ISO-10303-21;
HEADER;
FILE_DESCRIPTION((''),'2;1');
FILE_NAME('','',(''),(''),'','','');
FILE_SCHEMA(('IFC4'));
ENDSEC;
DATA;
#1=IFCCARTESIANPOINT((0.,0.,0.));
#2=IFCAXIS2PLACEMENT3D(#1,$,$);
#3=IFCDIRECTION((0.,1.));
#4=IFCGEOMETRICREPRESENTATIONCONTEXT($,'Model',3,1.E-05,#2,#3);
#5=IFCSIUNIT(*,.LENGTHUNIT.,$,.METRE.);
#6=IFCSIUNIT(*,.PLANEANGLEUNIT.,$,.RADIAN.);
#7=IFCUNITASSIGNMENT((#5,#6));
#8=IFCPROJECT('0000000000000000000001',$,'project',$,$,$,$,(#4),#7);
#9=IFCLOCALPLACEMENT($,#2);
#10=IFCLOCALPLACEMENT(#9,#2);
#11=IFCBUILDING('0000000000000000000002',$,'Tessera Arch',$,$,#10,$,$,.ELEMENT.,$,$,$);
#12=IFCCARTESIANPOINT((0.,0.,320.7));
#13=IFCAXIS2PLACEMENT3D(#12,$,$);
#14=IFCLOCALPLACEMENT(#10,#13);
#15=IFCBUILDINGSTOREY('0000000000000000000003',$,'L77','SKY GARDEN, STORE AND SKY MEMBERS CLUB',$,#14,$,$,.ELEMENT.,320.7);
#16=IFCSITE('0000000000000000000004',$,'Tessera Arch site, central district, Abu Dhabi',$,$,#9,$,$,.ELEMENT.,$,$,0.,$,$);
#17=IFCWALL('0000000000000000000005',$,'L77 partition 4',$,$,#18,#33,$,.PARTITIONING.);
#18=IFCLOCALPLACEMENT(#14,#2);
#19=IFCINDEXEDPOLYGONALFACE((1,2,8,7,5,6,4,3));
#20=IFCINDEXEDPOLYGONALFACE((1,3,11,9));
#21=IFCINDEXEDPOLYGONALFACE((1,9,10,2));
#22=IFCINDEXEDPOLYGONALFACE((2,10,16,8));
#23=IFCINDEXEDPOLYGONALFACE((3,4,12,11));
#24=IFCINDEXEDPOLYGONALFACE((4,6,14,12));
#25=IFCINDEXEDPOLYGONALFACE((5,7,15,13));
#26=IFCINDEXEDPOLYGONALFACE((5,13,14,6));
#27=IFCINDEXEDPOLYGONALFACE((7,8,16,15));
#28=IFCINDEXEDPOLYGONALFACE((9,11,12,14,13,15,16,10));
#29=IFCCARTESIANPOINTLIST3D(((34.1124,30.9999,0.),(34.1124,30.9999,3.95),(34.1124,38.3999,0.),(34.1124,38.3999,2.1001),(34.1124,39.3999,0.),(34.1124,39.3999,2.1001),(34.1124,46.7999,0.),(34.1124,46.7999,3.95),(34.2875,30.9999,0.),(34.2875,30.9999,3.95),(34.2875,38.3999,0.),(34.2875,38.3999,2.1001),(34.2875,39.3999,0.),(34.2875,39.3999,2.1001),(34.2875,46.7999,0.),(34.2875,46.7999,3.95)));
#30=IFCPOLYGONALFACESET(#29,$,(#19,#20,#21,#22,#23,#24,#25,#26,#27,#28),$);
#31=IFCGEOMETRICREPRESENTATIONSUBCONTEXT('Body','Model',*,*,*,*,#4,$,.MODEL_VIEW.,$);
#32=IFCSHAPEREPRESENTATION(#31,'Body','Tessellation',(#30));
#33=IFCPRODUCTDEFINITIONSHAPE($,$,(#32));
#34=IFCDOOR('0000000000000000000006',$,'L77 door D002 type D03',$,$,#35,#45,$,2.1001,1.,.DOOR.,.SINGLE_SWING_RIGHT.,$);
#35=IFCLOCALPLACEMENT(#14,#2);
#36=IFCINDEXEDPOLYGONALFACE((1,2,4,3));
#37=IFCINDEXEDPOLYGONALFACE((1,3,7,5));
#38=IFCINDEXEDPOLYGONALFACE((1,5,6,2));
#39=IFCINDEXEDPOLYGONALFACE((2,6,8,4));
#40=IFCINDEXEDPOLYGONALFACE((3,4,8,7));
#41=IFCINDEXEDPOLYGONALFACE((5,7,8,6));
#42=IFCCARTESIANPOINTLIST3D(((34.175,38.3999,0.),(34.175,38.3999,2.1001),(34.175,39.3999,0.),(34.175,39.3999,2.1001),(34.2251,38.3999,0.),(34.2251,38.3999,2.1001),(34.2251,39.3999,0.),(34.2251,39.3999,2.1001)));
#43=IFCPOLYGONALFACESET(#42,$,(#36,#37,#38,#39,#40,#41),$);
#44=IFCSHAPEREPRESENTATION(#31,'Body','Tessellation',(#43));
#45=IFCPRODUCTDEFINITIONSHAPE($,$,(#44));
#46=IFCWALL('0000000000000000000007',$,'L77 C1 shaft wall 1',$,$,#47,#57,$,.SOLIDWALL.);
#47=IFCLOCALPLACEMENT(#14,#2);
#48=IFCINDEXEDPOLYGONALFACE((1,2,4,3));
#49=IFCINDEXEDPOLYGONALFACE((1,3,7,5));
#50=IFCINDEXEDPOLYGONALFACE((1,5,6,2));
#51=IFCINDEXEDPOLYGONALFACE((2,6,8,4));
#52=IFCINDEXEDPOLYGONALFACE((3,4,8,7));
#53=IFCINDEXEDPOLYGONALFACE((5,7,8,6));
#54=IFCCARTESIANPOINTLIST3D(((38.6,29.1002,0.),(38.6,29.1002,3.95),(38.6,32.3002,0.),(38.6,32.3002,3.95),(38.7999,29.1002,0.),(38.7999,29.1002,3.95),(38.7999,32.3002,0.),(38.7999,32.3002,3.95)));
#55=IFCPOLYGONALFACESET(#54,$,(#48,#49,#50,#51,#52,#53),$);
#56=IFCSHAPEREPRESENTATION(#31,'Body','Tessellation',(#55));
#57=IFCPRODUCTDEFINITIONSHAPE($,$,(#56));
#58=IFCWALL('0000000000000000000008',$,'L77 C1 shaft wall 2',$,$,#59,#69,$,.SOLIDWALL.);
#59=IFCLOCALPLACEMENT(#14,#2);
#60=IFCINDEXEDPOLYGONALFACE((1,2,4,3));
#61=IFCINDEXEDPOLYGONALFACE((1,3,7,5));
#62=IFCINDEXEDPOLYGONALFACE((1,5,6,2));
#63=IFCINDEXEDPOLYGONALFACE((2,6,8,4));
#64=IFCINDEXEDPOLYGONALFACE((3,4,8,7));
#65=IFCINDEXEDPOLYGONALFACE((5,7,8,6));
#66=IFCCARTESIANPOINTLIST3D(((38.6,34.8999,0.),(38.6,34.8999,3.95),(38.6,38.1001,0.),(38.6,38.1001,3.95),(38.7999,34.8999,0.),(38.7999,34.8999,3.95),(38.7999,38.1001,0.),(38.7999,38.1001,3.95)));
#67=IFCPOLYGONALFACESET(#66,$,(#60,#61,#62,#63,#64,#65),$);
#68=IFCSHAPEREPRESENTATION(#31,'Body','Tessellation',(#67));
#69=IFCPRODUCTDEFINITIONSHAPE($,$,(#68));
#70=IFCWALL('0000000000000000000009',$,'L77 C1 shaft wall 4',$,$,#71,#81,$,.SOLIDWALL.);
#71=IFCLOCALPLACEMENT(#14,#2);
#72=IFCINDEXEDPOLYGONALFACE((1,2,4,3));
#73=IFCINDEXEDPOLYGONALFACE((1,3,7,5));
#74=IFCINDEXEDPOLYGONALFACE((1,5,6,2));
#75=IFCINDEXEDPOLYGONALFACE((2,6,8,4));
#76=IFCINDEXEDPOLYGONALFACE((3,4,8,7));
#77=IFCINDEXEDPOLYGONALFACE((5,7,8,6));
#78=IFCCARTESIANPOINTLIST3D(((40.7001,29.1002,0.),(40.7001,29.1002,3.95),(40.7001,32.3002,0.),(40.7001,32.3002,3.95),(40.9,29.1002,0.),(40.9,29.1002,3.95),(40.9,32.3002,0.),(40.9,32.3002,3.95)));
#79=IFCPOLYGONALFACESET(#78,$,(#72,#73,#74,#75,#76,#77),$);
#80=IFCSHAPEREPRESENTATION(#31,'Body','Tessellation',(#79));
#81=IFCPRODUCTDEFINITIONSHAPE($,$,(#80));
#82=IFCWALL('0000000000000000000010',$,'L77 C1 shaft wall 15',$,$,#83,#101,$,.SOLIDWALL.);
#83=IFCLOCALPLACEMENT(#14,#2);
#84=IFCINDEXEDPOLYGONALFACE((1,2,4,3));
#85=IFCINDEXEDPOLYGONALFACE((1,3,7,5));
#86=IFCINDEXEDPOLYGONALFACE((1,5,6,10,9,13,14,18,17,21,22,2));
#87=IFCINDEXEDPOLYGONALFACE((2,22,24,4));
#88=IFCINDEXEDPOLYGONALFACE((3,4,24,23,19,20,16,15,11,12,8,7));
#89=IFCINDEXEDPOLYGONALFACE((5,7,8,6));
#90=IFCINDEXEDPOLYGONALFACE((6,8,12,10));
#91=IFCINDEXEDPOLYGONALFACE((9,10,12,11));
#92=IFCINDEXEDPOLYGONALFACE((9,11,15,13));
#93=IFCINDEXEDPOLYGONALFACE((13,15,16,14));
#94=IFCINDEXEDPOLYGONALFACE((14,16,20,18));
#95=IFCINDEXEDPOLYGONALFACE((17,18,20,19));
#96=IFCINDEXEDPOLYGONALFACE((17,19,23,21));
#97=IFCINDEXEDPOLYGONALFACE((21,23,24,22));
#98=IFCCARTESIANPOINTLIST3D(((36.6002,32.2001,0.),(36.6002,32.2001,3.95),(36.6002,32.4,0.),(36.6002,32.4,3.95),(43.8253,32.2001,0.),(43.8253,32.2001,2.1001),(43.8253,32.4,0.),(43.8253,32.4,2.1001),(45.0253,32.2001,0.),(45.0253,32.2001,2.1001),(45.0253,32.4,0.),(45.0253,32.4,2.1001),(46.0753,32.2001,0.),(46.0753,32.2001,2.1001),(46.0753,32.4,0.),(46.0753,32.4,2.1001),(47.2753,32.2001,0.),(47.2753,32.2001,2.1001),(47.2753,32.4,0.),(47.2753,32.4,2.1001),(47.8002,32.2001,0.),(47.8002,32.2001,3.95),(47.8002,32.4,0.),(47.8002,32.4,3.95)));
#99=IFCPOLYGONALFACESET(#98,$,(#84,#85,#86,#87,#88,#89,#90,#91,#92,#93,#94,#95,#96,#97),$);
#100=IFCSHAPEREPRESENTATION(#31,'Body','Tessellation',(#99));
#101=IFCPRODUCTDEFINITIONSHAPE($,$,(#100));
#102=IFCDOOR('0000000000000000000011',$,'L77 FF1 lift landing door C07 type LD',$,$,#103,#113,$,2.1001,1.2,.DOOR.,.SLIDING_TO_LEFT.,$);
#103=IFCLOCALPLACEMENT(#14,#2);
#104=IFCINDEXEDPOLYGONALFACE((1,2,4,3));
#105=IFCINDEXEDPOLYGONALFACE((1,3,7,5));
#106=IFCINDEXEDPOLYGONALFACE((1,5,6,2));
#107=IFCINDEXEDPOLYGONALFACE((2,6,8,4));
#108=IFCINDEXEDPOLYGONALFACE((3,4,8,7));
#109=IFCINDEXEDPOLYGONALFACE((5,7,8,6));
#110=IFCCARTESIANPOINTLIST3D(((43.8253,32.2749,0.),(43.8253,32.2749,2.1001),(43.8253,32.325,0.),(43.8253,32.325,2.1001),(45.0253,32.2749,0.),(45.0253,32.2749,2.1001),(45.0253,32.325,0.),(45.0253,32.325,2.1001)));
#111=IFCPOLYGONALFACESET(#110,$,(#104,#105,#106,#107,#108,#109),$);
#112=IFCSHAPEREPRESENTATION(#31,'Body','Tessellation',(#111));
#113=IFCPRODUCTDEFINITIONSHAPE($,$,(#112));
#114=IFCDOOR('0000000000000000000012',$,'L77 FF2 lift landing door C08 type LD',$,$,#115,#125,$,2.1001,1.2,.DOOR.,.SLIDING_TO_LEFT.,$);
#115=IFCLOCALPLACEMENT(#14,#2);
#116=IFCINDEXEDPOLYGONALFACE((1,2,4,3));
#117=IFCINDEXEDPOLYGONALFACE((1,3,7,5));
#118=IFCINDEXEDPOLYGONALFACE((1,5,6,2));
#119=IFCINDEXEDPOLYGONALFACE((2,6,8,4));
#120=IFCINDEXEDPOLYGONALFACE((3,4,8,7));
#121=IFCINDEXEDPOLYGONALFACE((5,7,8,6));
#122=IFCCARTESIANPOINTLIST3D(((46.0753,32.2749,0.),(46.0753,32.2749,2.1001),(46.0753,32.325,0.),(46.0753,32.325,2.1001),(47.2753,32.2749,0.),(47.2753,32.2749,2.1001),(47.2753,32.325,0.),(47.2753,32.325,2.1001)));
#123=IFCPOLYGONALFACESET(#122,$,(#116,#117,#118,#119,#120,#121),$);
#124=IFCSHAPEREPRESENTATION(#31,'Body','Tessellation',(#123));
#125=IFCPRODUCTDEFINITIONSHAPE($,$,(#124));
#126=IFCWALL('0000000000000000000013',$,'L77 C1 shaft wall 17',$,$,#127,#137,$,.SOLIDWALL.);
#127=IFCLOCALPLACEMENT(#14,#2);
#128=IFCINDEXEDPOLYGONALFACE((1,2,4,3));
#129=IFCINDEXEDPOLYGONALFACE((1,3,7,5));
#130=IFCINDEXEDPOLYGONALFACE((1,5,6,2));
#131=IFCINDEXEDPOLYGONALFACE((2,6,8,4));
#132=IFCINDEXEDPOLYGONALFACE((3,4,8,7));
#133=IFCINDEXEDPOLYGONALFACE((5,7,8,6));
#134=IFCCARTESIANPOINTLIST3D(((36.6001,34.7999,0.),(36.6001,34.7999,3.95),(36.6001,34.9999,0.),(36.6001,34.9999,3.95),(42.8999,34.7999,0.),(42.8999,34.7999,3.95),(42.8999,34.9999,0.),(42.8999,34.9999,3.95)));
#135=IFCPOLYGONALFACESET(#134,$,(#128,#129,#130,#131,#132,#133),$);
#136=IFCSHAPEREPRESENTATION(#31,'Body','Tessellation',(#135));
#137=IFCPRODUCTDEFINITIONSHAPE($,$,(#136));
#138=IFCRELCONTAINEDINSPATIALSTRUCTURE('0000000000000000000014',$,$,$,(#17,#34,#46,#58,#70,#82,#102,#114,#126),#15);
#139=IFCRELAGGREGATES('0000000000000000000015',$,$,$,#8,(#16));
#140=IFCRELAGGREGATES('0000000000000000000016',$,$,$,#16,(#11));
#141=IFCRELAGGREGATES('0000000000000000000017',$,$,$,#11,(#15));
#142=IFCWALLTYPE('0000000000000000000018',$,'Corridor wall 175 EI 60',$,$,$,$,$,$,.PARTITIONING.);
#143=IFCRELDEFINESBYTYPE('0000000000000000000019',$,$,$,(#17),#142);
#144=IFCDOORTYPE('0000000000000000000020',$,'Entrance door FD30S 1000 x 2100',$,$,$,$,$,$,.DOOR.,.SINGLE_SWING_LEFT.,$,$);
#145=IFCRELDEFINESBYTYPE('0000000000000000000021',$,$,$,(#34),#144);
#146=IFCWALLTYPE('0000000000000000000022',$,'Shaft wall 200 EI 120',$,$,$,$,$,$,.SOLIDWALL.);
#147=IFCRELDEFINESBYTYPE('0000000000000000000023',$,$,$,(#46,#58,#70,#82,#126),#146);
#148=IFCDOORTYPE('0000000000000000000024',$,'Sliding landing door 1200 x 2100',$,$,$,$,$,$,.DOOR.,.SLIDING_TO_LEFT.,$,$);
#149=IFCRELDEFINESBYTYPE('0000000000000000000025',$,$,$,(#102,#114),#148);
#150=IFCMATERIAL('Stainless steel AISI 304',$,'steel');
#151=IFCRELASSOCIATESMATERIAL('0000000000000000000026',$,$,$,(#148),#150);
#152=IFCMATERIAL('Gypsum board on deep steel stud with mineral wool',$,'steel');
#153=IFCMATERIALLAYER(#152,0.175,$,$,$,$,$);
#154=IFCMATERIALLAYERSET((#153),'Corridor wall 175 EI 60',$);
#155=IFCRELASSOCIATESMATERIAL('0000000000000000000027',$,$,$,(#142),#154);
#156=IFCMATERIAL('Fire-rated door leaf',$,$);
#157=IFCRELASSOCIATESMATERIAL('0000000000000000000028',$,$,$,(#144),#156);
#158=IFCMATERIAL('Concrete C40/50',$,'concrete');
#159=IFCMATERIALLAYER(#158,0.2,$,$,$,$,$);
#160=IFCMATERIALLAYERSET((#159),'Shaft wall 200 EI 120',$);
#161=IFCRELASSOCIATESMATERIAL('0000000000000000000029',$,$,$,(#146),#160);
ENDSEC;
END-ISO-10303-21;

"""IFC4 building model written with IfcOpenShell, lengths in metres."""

from ifc_helpers import new_model, si_unit, direction, frame, frame_2d, origin, place, context, subcontext, project, spatial, rectangle, extrude, material, layer, layer_set, type_object, element, fill, save


model = new_model("IFC4")

# Units and contexts
model_context = context("Model", 3, precision=1e-05, world=origin(), true_north=direction((0.0, 1.0)))
body_context = subcontext(model_context, "Body", "Model", "MODEL_VIEW")
ifc_project = project(units=[si_unit("LENGTHUNIT", "METRE"), si_unit("PLANEANGLEUNIT", "RADIAN")], contexts=[model_context])

# Site, building, storey
site_placement = place(None, origin())
site = spatial("IfcSite", under=ifc_project, at=site_placement, Name="Tessera Arch site, central district, Abu Dhabi", CompositionType="ELEMENT", RefElevation=0.0)
building_placement = place(site_placement, origin())
building = spatial("IfcBuilding", under=site, at=building_placement, Name="Tessera Arch", CompositionType="ELEMENT")
storey_placement = place(building_placement, frame((0.0, 0.0, 320.7)))
storey = spatial("IfcBuildingStorey", under=building, at=storey_placement, Name="L77", Description="SKY GARDEN, STORE AND SKY MEMBERS CLUB", CompositionType="ELEMENT", Elevation=320.7)

# Shared definitions
ifc_material_1 = material(Name="Stainless steel AISI 304", Category="steel")
door_type_1 = type_object("IfcDoorType", Name="Sliding landing door 1200 x 2100", OperationType="SLIDING_TO_LEFT", PredefinedType="DOOR", material=ifc_material_1)

# Wall, opening, door
ifc_material_2 = material(Name="Gypsum board on deep steel stud with mineral wool", Category="steel")
ifc_layer_1 = layer(ifc_material_2, 0.175)
ifc_layer_set_1 = layer_set([ifc_layer_1], Name="Corridor wall 175 EI 60")
wall_type_1 = type_object("IfcWallType", Name="Corridor wall 175 EI 60", PredefinedType="PARTITIONING", material=ifc_layer_set_1)
wall_1_placement = place(storey_placement, frame((34.2, 31.0, 0.0), z_axis=(0.0, 0.0, 1.0), x_axis=(0.0, 1.0, 0.0)))
wall_1 = element("IfcWall", 1, at=wall_1_placement, inside=storey, type_object=wall_type_1, Name="L77 partition 4", PredefinedType="PARTITIONING", context=body_context, shape_type="SweptSolid", body=[
    extrude(rectangle(XDim=15.8, YDim=0.175, at=frame_2d((7.8999, 0.0))), origin(), (0.0, 0.0, 1.0), 3.95),
])
opening_1_placement = place(wall_1_placement, frame((7.3999, 0.0, 0.0)))
opening_1 = element("IfcOpeningElement", 2, at=opening_1_placement, cuts=wall_1, PredefinedType="OPENING", context=body_context, shape_type="SweptSolid", body=[
    extrude(rectangle(XDim=1.0, YDim=2.1001, at=frame_2d((0.5, 1.05))), frame((0.0, 0.0974, 0.0), z_axis=(0.0, -1.0, 0.0), x_axis=(1.0, 0.0, 0.0)), (0.0, 0.0, 1.0), 0.1951),
])
ifc_material_3 = material(Name="Fire-rated door leaf")
door_type_2 = type_object("IfcDoorType", Name="Entrance door FD30S 1000 x 2100", OperationType="SINGLE_SWING_LEFT", PredefinedType="DOOR", material=ifc_material_3)
door_1_placement = place(opening_1_placement, origin())
door_1 = element("IfcDoor", 3, at=door_1_placement, inside=storey, type_object=door_type_2, Name="L77 door D002 type D03", OperationType="SINGLE_SWING_RIGHT", OverallHeight=2.1001, OverallWidth=1.0, PredefinedType="DOOR", context=body_context, shape_type="SweptSolid", body=[
    extrude(rectangle(XDim=1.0, YDim=2.1001, at=frame_2d((0.5, 1.05))), frame((0.0, 0.0249, 0.0), z_axis=(0.0, -1.0, 0.0), x_axis=(1.0, 0.0, 0.0)), (0.0, 0.0, 1.0), 0.05),
])
fill(opening_1, door_1)

# Walls
ifc_material_4 = material(Name="Concrete C40/50", Category="concrete")
ifc_layer_2 = layer(ifc_material_4, 0.2)
ifc_layer_set_2 = layer_set([ifc_layer_2], Name="Shaft wall 200 EI 120")
wall_type_2 = type_object("IfcWallType", Name="Shaft wall 200 EI 120", PredefinedType="SOLIDWALL", material=ifc_layer_set_2)
wall_2_placement = place(storey_placement, frame((38.7, 29.1001, 0.0), z_axis=(0.0, 0.0, 1.0), x_axis=(0.0, 1.0, 0.0)))
element("IfcWall", 4, at=wall_2_placement, inside=storey, type_object=wall_type_2, Name="L77 C1 shaft wall 1", PredefinedType="SOLIDWALL", context=body_context, shape_type="SweptSolid", body=[
    extrude(rectangle(XDim=3.2, YDim=0.2, at=frame_2d((1.6001, 0.0))), origin(), (0.0, 0.0, 1.0), 3.95),
])
wall_3_placement = place(storey_placement, frame((38.7, 34.8999, 0.0), z_axis=(0.0, 0.0, 1.0), x_axis=(0.0, 1.0, 0.0)))
element("IfcWall", 5, at=wall_3_placement, inside=storey, type_object=wall_type_2, Name="L77 C1 shaft wall 2", PredefinedType="SOLIDWALL", context=body_context, shape_type="SweptSolid", body=[
    extrude(rectangle(XDim=3.2002, YDim=0.2, at=frame_2d((1.6001, 0.0))), origin(), (0.0, 0.0, 1.0), 3.95),
])
wall_4_placement = place(storey_placement, frame((40.8, 29.1001, 0.0), z_axis=(0.0, 0.0, 1.0), x_axis=(0.0, 1.0, 0.0)))
element("IfcWall", 6, at=wall_4_placement, inside=storey, type_object=wall_type_2, Name="L77 C1 shaft wall 4", PredefinedType="SOLIDWALL", context=body_context, shape_type="SweptSolid", body=[
    extrude(rectangle(XDim=3.2, YDim=0.2, at=frame_2d((1.6001, 0.0))), origin(), (0.0, 0.0, 1.0), 3.95),
])

# Wall, openings, doors
wall_5_placement = place(storey_placement, frame((36.6001, 32.3, 0.0), z_axis=(0.0, 0.0, 1.0), x_axis=(1.0, 0.0, 0.0)))
wall_5 = element("IfcWall", 7, at=wall_5_placement, inside=storey, type_object=wall_type_2, Name="L77 C1 shaft wall 15", PredefinedType="SOLIDWALL", context=body_context, shape_type="SweptSolid", body=[
    extrude(rectangle(XDim=11.2, YDim=0.2, at=frame_2d((5.6001, 0.0))), origin(), (0.0, 0.0, 1.0), 3.95),
])
opening_2_placement = place(wall_5_placement, frame((7.2251, 0.0, 0.0)))
opening_2 = element("IfcOpeningElement", 8, at=opening_2_placement, cuts=wall_5, PredefinedType="OPENING", context=body_context, shape_type="SweptSolid", body=[
    extrude(rectangle(XDim=1.2, YDim=2.1001, at=frame_2d((0.6001, 1.05))), frame((0.0, 0.1099, 0.0), z_axis=(0.0, -1.0, 0.0), x_axis=(1.0, 0.0, 0.0)), (0.0, 0.0, 1.0), 0.22),
])
opening_3_placement = place(wall_5_placement, frame((9.4751, 0.0, 0.0)))
opening_3 = element("IfcOpeningElement", 9, at=opening_3_placement, cuts=wall_5, PredefinedType="OPENING", context=body_context, shape_type="SweptSolid", body=[
    extrude(rectangle(XDim=1.2, YDim=2.1001, at=frame_2d((0.6001, 1.05))), frame((0.0, 0.1099, 0.0), z_axis=(0.0, -1.0, 0.0), x_axis=(1.0, 0.0, 0.0)), (0.0, 0.0, 1.0), 0.22),
])
door_2_placement = place(opening_2_placement, origin())
door_2 = element("IfcDoor", 10, at=door_2_placement, inside=storey, type_object=door_type_1, Name="L77 FF1 lift landing door C07 type LD", OperationType="SLIDING_TO_LEFT", OverallHeight=2.1001, OverallWidth=1.2, PredefinedType="DOOR", context=body_context, shape_type="SweptSolid", body=[
    extrude(rectangle(XDim=1.2, YDim=2.1001, at=frame_2d((0.6001, 1.05))), frame((0.0, 0.0249, 0.0), z_axis=(0.0, -1.0, 0.0), x_axis=(1.0, 0.0, 0.0)), (0.0, 0.0, 1.0), 0.05),
])
fill(opening_2, door_2)
door_3_placement = place(opening_3_placement, origin())
door_3 = element("IfcDoor", 11, at=door_3_placement, inside=storey, type_object=door_type_1, Name="L77 FF2 lift landing door C08 type LD", OperationType="SLIDING_TO_LEFT", OverallHeight=2.1001, OverallWidth=1.2, PredefinedType="DOOR", context=body_context, shape_type="SweptSolid", body=[
    extrude(rectangle(XDim=1.2, YDim=2.1001, at=frame_2d((0.6001, 1.05))), frame((0.0, 0.0249, 0.0), z_axis=(0.0, -1.0, 0.0), x_axis=(1.0, 0.0, 0.0)), (0.0, 0.0, 1.0), 0.05),
])
fill(opening_3, door_3)

# Wall
wall_6_placement = place(storey_placement, frame((36.6001, 34.8999, 0.0), z_axis=(0.0, 0.0, 1.0), x_axis=(1.0, 0.0, 0.0)))
element("IfcWall", 12, at=wall_6_placement, inside=storey, type_object=wall_type_2, Name="L77 C1 shaft wall 17", PredefinedType="SOLIDWALL", context=body_context, shape_type="SweptSolid", body=[
    extrude(rectangle(XDim=6.2998, YDim=0.2, at=frame_2d((3.1499, 0.0))), origin(), (0.0, 0.0, 1.0), 3.95),
])

save(model, "model.ifc")
